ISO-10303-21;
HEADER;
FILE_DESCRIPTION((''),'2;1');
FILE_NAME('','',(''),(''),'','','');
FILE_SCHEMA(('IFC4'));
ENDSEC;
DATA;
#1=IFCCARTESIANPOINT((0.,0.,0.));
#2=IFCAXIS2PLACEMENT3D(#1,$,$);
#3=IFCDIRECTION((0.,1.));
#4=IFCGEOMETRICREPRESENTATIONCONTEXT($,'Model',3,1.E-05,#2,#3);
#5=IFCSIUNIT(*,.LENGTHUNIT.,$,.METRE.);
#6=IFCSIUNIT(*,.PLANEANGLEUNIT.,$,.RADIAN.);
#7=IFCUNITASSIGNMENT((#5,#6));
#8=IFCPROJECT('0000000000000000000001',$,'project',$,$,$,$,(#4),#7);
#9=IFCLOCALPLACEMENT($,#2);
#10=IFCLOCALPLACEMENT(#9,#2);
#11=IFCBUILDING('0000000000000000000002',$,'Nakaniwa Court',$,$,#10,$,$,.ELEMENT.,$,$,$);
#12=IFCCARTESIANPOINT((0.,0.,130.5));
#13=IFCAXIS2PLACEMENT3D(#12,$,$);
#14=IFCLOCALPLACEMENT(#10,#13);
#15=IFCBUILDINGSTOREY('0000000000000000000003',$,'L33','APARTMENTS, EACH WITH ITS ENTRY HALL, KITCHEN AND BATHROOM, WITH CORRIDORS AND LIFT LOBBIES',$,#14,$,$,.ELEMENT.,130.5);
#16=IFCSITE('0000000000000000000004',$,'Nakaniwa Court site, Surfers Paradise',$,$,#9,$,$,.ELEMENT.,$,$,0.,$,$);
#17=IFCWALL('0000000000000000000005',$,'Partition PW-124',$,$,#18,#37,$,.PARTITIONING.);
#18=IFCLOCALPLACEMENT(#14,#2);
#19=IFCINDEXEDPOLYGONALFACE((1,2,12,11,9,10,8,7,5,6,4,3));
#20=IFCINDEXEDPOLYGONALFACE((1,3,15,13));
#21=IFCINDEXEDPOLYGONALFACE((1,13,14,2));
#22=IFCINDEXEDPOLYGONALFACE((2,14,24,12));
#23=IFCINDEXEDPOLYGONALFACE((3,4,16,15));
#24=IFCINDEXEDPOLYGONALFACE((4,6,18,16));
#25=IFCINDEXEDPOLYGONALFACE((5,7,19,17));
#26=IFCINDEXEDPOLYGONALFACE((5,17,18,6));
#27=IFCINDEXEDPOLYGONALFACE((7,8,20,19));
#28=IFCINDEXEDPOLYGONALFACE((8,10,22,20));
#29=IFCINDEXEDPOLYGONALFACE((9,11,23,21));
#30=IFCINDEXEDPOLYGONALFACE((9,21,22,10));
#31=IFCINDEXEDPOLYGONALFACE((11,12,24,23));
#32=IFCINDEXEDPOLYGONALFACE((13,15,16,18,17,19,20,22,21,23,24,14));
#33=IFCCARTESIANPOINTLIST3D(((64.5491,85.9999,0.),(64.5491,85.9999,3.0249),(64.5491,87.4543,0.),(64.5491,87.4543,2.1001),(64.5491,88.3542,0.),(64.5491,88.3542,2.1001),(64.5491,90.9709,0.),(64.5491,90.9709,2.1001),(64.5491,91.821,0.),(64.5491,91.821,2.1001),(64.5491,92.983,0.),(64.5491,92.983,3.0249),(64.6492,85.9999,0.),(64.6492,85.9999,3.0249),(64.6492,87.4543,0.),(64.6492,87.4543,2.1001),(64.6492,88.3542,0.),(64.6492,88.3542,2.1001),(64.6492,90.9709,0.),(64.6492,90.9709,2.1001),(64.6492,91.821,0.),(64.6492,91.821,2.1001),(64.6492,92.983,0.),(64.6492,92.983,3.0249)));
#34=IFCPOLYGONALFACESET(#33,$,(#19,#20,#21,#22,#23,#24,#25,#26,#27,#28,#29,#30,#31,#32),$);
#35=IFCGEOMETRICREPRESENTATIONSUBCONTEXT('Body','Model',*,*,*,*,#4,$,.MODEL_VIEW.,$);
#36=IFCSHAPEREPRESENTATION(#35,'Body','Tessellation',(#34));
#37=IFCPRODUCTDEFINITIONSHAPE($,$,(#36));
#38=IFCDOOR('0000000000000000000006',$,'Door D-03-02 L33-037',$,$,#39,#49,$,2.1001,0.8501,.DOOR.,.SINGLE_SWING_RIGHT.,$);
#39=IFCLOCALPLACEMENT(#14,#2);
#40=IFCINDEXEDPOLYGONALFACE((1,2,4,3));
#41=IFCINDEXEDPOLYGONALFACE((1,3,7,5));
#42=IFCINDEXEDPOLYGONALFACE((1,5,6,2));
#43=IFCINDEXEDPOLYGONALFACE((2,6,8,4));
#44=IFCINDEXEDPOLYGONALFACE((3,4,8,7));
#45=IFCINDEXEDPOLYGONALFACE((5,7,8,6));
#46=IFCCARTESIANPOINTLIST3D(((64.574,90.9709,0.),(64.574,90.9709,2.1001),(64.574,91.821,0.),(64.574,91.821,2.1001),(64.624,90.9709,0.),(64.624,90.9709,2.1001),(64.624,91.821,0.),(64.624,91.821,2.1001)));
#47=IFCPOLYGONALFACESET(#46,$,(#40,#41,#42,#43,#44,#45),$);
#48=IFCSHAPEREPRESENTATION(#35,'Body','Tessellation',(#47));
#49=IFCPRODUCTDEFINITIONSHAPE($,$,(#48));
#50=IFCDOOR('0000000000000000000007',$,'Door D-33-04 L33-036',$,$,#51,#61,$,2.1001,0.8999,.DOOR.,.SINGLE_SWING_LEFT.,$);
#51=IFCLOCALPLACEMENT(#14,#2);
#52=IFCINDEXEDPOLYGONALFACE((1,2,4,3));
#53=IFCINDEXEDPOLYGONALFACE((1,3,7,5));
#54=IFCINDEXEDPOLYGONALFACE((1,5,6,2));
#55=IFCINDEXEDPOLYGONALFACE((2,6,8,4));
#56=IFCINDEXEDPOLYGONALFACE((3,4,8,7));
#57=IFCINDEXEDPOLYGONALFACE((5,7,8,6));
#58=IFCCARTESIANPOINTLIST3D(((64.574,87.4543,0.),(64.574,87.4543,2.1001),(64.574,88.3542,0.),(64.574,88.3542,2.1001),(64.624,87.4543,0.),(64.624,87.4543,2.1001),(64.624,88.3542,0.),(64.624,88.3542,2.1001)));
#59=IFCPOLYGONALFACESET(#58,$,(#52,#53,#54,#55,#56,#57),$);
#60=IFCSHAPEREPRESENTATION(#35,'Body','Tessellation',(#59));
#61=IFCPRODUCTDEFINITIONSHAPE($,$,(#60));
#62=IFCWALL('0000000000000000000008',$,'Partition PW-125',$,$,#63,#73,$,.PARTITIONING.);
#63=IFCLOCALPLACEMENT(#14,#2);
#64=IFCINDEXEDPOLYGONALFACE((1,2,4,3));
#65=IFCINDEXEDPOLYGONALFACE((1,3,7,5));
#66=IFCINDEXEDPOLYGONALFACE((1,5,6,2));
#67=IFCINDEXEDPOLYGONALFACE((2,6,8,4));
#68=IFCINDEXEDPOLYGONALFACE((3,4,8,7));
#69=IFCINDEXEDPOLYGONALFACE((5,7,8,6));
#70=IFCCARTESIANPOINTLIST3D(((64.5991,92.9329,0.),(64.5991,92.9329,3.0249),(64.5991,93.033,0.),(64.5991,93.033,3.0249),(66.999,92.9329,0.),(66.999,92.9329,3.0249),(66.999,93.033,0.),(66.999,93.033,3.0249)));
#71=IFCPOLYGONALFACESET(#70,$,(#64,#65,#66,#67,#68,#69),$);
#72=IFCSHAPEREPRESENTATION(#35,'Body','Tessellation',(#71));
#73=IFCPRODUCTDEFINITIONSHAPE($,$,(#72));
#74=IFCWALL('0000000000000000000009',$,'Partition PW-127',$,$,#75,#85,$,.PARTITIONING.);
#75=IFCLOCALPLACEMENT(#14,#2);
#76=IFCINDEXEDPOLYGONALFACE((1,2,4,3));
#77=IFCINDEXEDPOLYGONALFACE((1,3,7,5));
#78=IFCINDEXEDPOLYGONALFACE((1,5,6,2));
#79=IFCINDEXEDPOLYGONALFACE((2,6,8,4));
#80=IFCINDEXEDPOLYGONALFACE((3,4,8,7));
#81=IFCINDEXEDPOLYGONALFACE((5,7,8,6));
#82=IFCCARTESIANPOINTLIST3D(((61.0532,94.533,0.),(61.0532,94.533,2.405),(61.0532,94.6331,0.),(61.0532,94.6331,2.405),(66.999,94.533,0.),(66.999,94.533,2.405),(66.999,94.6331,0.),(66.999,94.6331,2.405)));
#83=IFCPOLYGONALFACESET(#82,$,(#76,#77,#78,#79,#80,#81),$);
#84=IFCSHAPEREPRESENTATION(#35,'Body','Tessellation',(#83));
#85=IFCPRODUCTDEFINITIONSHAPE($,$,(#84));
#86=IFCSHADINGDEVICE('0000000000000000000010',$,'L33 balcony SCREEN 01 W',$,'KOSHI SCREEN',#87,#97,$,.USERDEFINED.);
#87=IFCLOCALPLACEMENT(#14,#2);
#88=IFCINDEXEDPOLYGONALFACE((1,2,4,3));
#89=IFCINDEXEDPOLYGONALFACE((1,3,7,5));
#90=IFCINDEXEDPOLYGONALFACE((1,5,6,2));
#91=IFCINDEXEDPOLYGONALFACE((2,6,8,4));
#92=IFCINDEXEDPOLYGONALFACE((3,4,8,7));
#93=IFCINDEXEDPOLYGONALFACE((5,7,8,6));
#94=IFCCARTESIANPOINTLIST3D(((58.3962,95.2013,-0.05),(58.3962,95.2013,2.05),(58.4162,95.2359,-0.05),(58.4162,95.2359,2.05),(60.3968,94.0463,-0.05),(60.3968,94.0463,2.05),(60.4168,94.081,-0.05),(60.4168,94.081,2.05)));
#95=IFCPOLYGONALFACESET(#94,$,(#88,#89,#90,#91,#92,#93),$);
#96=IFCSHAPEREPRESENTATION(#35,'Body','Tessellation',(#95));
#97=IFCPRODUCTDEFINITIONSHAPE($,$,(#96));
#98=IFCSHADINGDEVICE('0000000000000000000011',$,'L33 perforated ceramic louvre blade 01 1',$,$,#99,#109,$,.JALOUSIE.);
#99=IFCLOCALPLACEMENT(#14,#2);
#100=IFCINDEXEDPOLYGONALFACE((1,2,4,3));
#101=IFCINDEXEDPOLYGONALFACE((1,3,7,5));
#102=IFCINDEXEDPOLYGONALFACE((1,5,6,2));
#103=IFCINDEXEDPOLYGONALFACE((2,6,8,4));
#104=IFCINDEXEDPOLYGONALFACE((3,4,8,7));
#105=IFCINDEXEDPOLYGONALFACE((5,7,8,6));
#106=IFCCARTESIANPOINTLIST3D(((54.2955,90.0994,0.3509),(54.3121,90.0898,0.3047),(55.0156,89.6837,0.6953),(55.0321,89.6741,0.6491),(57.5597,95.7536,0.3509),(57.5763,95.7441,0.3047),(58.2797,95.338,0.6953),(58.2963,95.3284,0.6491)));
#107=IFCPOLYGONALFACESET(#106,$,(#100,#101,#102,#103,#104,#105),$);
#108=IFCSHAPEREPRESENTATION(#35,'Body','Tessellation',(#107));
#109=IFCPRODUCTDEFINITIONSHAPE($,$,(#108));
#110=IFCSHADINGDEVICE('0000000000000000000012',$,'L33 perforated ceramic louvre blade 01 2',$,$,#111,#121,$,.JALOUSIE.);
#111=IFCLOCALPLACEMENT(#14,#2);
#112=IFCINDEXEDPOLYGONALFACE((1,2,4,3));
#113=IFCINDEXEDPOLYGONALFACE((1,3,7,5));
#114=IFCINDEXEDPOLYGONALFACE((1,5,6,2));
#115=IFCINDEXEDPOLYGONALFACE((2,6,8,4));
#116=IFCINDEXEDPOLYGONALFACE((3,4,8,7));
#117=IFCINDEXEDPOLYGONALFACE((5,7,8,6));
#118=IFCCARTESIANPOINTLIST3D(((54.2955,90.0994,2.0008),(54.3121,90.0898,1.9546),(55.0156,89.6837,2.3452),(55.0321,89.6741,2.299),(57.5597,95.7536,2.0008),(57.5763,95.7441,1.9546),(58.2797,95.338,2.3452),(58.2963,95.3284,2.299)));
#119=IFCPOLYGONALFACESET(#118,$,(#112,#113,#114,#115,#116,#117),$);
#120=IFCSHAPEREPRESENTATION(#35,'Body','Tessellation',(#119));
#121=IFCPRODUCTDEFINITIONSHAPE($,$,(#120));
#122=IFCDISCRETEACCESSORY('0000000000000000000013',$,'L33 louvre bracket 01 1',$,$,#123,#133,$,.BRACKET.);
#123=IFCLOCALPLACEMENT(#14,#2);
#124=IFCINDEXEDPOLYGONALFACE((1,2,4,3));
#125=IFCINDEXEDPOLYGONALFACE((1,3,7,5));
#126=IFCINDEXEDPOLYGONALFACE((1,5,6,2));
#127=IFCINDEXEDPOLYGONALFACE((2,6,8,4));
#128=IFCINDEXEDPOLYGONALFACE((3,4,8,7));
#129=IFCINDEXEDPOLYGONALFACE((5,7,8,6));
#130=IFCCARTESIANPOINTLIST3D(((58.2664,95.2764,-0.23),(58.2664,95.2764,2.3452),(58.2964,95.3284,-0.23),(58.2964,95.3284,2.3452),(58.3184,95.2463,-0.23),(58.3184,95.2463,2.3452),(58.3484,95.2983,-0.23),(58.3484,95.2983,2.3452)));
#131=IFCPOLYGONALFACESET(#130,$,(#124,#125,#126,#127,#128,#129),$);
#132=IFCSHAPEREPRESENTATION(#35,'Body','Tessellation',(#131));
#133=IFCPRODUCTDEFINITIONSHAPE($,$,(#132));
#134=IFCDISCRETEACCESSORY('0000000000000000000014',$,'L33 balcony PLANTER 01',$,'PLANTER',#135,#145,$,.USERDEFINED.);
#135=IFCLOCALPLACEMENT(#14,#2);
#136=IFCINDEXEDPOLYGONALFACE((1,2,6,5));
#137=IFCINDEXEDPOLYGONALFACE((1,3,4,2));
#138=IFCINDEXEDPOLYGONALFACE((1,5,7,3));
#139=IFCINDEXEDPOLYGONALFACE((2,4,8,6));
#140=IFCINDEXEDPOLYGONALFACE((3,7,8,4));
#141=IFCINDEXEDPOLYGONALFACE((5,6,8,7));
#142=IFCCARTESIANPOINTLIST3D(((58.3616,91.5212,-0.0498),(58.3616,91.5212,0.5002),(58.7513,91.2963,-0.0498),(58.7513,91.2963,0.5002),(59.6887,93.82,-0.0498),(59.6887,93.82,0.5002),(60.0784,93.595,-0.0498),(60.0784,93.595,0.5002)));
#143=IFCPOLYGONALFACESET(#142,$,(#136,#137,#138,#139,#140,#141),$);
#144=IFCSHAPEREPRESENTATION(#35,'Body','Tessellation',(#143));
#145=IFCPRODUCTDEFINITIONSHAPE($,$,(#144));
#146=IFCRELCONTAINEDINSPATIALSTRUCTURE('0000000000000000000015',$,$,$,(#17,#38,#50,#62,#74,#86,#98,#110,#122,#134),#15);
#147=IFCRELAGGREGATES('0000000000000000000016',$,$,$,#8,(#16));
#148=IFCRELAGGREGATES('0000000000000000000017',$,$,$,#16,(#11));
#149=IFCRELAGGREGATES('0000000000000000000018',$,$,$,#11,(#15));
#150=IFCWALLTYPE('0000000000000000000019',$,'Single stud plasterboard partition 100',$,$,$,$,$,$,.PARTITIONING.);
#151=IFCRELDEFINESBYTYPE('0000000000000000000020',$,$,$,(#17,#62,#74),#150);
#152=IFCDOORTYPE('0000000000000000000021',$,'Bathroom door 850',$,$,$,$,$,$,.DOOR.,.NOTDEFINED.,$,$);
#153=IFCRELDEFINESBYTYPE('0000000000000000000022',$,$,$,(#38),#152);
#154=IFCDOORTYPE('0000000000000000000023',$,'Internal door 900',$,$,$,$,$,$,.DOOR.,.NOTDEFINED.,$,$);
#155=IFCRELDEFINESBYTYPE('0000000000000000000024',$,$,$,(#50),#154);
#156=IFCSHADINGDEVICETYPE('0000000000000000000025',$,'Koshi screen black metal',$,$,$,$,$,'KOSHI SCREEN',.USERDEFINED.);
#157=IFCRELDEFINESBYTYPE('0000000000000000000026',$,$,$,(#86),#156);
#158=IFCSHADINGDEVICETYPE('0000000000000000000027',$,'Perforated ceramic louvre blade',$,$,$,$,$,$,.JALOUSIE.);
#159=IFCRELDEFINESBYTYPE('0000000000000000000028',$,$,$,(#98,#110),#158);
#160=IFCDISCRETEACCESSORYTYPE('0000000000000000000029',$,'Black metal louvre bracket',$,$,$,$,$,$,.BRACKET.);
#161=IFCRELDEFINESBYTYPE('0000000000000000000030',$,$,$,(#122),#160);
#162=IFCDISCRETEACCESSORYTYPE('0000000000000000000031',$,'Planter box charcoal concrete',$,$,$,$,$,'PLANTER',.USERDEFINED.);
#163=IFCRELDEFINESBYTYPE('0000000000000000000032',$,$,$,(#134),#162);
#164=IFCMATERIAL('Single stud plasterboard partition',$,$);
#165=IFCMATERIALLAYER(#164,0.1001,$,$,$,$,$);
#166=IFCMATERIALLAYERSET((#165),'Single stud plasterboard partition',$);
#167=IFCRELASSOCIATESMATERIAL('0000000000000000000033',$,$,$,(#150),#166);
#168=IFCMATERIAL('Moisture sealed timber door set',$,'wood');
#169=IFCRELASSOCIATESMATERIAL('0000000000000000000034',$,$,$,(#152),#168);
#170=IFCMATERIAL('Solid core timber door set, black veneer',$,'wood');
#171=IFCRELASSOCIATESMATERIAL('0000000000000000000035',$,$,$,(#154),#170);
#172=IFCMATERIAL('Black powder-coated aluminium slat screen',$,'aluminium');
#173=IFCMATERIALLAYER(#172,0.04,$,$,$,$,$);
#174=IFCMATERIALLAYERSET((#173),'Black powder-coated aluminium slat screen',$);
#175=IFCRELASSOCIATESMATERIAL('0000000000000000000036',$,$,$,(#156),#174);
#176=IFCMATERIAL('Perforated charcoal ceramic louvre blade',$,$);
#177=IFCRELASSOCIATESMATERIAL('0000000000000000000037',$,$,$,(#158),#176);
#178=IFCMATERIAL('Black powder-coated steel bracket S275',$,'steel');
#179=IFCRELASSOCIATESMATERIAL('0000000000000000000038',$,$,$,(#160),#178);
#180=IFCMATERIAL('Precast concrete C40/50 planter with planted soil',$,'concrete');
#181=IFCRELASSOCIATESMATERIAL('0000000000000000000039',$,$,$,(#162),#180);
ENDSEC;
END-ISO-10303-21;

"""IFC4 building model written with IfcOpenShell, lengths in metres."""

from ifc_helpers import new_model, si_unit, direction, frame, frame_2d, origin, origin_2d, place, context, subcontext, project, spatial, rectangle, extrude, material, layer, layer_set, material_profile, profile_set, type_object, element, fill, save


model = new_model("IFC4")

# Units and contexts
model_context = context("Model", 3, precision=1e-05, world=origin(), true_north=direction((0.0, 1.0)))
body_context = subcontext(model_context, "Body", "Model", "MODEL_VIEW")
ifc_project = project(units=[si_unit("LENGTHUNIT", "METRE"), si_unit("PLANEANGLEUNIT", "RADIAN")], contexts=[model_context])

# Site, building, storey
site_placement = place(None, origin())
site = spatial("IfcSite", under=ifc_project, at=site_placement, Name="Nakaniwa Court site, Surfers Paradise", CompositionType="ELEMENT", RefElevation=0.0)
building_placement = place(site_placement, origin())
building = spatial("IfcBuilding", under=site, at=building_placement, Name="Nakaniwa Court", CompositionType="ELEMENT")
storey_placement = place(building_placement, frame((0.0, 0.0, 130.5)))
storey = spatial("IfcBuildingStorey", under=building, at=storey_placement, Name="L33", Description="APARTMENTS, EACH WITH ITS ENTRY HALL, KITCHEN AND BATHROOM, WITH CORRIDORS AND LIFT LOBBIES", CompositionType="ELEMENT", Elevation=130.5)

# Shared definitions
ifc_material_1 = material(Name="Solid core timber door set, black veneer", Category="wood")

# Wall, openings, doors
ifc_material_2 = material(Name="Single stud plasterboard partition")
ifc_layer_1 = layer(ifc_material_2, 0.1001)
ifc_layer_set_1 = layer_set([ifc_layer_1], Name="Single stud plasterboard partition")
wall_type_1 = type_object("IfcWallType", Name="Single stud plasterboard partition 100", PredefinedType="PARTITIONING", material=ifc_layer_set_1)
wall_1_placement = place(storey_placement, frame((64.5991, 92.9832, 0.0), z_axis=(0.0, 0.0, 1.0), x_axis=(0.0, -1.0, 0.0)))
wall_1 = element("IfcWall", 1, at=wall_1_placement, inside=storey, type_object=wall_type_1, Name="Partition PW-124", PredefinedType="PARTITIONING", context=body_context, shape_type="SweptSolid", body=[
    extrude(rectangle(XDim=6.9832, YDim=0.1001, at=frame_2d((3.4917, 0.0))), origin(), (0.0, 0.0, 1.0), 3.0249),
])
opening_1_placement = place(wall_1_placement, frame((4.6289, 0.0, 0.0)))
opening_1 = element("IfcOpeningElement", 2, at=opening_1_placement, cuts=wall_1, PredefinedType="OPENING", context=body_context, shape_type="SweptSolid", body=[
    extrude(rectangle(XDim=0.8999, YDim=2.1001, at=frame_2d((0.45, 1.05))), frame((0.0, 0.0601, 0.0), z_axis=(0.0, -1.0, 0.0), x_axis=(1.0, 0.0, 0.0)), (0.0, 0.0, 1.0), 0.1201),
])
opening_2_placement = place(wall_1_placement, frame((1.1621, 0.0, 0.0)))
opening_2 = element("IfcOpeningElement", 3, at=opening_2_placement, cuts=wall_1, PredefinedType="OPENING", context=body_context, shape_type="SweptSolid", body=[
    extrude(rectangle(XDim=0.8501, YDim=2.1001, at=frame_2d((0.425, 1.05))), frame((0.0, 0.0601, 0.0), z_axis=(0.0, -1.0, 0.0), x_axis=(1.0, 0.0, 0.0)), (0.0, 0.0, 1.0), 0.1201),
])
ifc_material_3 = material(Name="Moisture sealed timber door set", Category="wood")
door_type_1 = type_object("IfcDoorType", Name="Bathroom door 850", OperationType="NOTDEFINED", PredefinedType="DOOR", material=ifc_material_3)
door_1_placement = place(opening_2_placement, origin())
door_1 = element("IfcDoor", 4, at=door_1_placement, inside=storey, type_object=door_type_1, Name="Door D-03-02 L33-037", OperationType="SINGLE_SWING_RIGHT", OverallHeight=2.1001, OverallWidth=0.8501, PredefinedType="DOOR", context=body_context, shape_type="SweptSolid", body=[
    extrude(rectangle(XDim=0.8501, YDim=2.1001, at=frame_2d((0.425, 1.05))), frame((0.0, 0.0249, 0.0), z_axis=(0.0, -1.0, 0.0), x_axis=(1.0, 0.0, 0.0)), (0.0, 0.0, 1.0), 0.05),
])
fill(opening_2, door_1)
door_type_2 = type_object("IfcDoorType", Name="Internal door 900", OperationType="NOTDEFINED", PredefinedType="DOOR", material=ifc_material_1)
door_2_placement = place(opening_1_placement, origin())
door_2 = element("IfcDoor", 5, at=door_2_placement, inside=storey, type_object=door_type_2, Name="Door D-33-04 L33-036", OperationType="SINGLE_SWING_LEFT", OverallHeight=2.1001, OverallWidth=0.8999, PredefinedType="DOOR", context=body_context, shape_type="SweptSolid", body=[
    extrude(rectangle(XDim=0.8999, YDim=2.1001, at=frame_2d((0.45, 1.05))), frame((0.0, 0.0249, 0.0), z_axis=(0.0, -1.0, 0.0), x_axis=(1.0, 0.0, 0.0)), (0.0, 0.0, 1.0), 0.05),
])
fill(opening_1, door_2)

# Walls
wall_2_placement = place(storey_placement, frame((64.5991, 92.9829, 0.0), z_axis=(0.0, 0.0, 1.0), x_axis=(1.0, 0.0, 0.0)))
element("IfcWall", 6, at=wall_2_placement, inside=storey, type_object=wall_type_1, Name="Partition PW-125", PredefinedType="PARTITIONING", context=body_context, shape_type="SweptSolid", body=[
    extrude(rectangle(XDim=2.3999, YDim=0.1001, at=frame_2d((1.2, 0.0))), origin(), (0.0, 0.0, 1.0), 3.0249),
])
wall_3_placement = place(storey_placement, frame((61.0532, 94.583, 0.0), z_axis=(0.0, 0.0, 1.0), x_axis=(1.0, 0.0, 0.0)))
element("IfcWall", 7, at=wall_3_placement, inside=storey, type_object=wall_type_1, Name="Partition PW-127", PredefinedType="PARTITIONING", context=body_context, shape_type="SweptSolid", body=[
    extrude(rectangle(XDim=5.9458, YDim=0.1001, at=frame_2d((2.9729, 0.0))), origin(), (0.0, 0.0, 1.0), 2.405),
])

# Shading devices
ifc_material_4 = material(Name="Black powder-coated aluminium slat screen", Category="aluminium")
ifc_layer_2 = layer(ifc_material_4, 0.04)
ifc_layer_set_2 = layer_set([ifc_layer_2], Name="Black powder-coated aluminium slat screen")
shading_device_type_1 = type_object("IfcShadingDeviceType", Name="Koshi screen black metal", ElementType="KOSHI SCREEN", PredefinedType="USERDEFINED", material=ifc_layer_set_2)
shading_device_placement = place(storey_placement, frame((59.4065, 94.6411, -0.05), z_axis=(0.0, 0.0, 1.0), x_axis=(-0.499976, -0.866039, 0.0)))
element("IfcShadingDevice", 8, at=shading_device_placement, inside=storey, type_object=shading_device_type_1, Name="L33 balcony SCREEN 01 W", ObjectType="KOSHI SCREEN", PredefinedType="USERDEFINED", context=body_context, shape_type="SweptSolid", body=[
    extrude(rectangle(XDim=0.04, YDim=2.3101, at=origin_2d()), origin(), (0.0, 0.0, 1.0), 2.1001),
])
ifc_material_5 = material(Name="Perforated charcoal ceramic louvre blade")
ifc_material_profile_1 = material_profile(ifc_material_5, rectangle(XDim=0.8999, YDim=0.05, at=origin_2d()), Name="Perforated ceramic louvre blade")
ifc_profile_set_1 = profile_set([ifc_material_profile_1], Name="Perforated charcoal ceramic louvre blade")
shading_device_type_2 = type_object("IfcShadingDeviceType", Name="Perforated ceramic louvre blade", PredefinedType="JALOUSIE", material=ifc_profile_set_1)
for number, where, z_axis, x_axis, name in (
    (9, (57.928, 95.541, 0.5), (-0.49996, -0.866049, 0.0), (0.800125, -0.461903, 0.382683), "L33 perforated ceramic louvre blade 01 1"),
    (10, (57.928, 95.541, 2.1499), (-0.49996, -0.866049, 0.0), (0.800125, -0.461903, 0.382683), "L33 perforated ceramic louvre blade 01 2"),
):
    element("IfcShadingDevice", number, at=place(storey_placement, frame(where, z_axis=z_axis, x_axis=x_axis)), inside=storey, type_object=shading_device_type_2, Name=name, PredefinedType="JALOUSIE", context=body_context, shape_type="SweptSolid", body=[
        extrude(rectangle(XDim=0.8999, YDim=0.05, at=origin_2d()), origin(), (0.0, 0.0, 1.0), 6.5288),
    ])

# Discrete accessories
ifc_material_6 = material(Name="Black powder-coated steel bracket S275", Category="steel")
discrete_accessory_type_1 = type_object("IfcDiscreteAccessoryType", Name="Black metal louvre bracket", PredefinedType="BRACKET", material=ifc_material_6)
discrete_accessory_1_placement = place(storey_placement, frame((58.3074, 95.2874, -0.23), z_axis=(0.0, 0.0, 1.0), x_axis=(-0.499976, -0.866039, 0.0)))
element("IfcDiscreteAccessory", 11, at=discrete_accessory_1_placement, inside=storey, type_object=discrete_accessory_type_1, Name="L33 louvre bracket 01 1", PredefinedType="BRACKET", context=body_context, shape_type="SweptSolid", body=[
    extrude(rectangle(XDim=0.0601, YDim=0.0601, at=origin_2d()), origin(), (0.0, 0.0, 1.0), 2.5752),
])
ifc_material_7 = material(Name="Precast concrete C40/50 planter with planted soil", Category="concrete")
discrete_accessory_type_2 = type_object("IfcDiscreteAccessoryType", Name="Planter box charcoal concrete", ElementType="PLANTER", PredefinedType="USERDEFINED", material=ifc_material_7)
discrete_accessory_2_placement = place(storey_placement, frame((59.22, 92.5581, -0.0498), z_axis=(0.0, 0.0, 1.0), x_axis=(-0.499976, -0.866039, 0.0)))
element("IfcDiscreteAccessory", 12, at=discrete_accessory_2_placement, inside=storey, type_object=discrete_accessory_type_2, Name="L33 balcony PLANTER 01", ObjectType="PLANTER", PredefinedType="USERDEFINED", context=body_context, shape_type="SweptSolid", body=[
    extrude(rectangle(XDim=2.6543, YDim=0.45, at=origin_2d()), origin(), (0.0, 0.0, 1.0), 0.55),
])

save(model, "model.ifc")
